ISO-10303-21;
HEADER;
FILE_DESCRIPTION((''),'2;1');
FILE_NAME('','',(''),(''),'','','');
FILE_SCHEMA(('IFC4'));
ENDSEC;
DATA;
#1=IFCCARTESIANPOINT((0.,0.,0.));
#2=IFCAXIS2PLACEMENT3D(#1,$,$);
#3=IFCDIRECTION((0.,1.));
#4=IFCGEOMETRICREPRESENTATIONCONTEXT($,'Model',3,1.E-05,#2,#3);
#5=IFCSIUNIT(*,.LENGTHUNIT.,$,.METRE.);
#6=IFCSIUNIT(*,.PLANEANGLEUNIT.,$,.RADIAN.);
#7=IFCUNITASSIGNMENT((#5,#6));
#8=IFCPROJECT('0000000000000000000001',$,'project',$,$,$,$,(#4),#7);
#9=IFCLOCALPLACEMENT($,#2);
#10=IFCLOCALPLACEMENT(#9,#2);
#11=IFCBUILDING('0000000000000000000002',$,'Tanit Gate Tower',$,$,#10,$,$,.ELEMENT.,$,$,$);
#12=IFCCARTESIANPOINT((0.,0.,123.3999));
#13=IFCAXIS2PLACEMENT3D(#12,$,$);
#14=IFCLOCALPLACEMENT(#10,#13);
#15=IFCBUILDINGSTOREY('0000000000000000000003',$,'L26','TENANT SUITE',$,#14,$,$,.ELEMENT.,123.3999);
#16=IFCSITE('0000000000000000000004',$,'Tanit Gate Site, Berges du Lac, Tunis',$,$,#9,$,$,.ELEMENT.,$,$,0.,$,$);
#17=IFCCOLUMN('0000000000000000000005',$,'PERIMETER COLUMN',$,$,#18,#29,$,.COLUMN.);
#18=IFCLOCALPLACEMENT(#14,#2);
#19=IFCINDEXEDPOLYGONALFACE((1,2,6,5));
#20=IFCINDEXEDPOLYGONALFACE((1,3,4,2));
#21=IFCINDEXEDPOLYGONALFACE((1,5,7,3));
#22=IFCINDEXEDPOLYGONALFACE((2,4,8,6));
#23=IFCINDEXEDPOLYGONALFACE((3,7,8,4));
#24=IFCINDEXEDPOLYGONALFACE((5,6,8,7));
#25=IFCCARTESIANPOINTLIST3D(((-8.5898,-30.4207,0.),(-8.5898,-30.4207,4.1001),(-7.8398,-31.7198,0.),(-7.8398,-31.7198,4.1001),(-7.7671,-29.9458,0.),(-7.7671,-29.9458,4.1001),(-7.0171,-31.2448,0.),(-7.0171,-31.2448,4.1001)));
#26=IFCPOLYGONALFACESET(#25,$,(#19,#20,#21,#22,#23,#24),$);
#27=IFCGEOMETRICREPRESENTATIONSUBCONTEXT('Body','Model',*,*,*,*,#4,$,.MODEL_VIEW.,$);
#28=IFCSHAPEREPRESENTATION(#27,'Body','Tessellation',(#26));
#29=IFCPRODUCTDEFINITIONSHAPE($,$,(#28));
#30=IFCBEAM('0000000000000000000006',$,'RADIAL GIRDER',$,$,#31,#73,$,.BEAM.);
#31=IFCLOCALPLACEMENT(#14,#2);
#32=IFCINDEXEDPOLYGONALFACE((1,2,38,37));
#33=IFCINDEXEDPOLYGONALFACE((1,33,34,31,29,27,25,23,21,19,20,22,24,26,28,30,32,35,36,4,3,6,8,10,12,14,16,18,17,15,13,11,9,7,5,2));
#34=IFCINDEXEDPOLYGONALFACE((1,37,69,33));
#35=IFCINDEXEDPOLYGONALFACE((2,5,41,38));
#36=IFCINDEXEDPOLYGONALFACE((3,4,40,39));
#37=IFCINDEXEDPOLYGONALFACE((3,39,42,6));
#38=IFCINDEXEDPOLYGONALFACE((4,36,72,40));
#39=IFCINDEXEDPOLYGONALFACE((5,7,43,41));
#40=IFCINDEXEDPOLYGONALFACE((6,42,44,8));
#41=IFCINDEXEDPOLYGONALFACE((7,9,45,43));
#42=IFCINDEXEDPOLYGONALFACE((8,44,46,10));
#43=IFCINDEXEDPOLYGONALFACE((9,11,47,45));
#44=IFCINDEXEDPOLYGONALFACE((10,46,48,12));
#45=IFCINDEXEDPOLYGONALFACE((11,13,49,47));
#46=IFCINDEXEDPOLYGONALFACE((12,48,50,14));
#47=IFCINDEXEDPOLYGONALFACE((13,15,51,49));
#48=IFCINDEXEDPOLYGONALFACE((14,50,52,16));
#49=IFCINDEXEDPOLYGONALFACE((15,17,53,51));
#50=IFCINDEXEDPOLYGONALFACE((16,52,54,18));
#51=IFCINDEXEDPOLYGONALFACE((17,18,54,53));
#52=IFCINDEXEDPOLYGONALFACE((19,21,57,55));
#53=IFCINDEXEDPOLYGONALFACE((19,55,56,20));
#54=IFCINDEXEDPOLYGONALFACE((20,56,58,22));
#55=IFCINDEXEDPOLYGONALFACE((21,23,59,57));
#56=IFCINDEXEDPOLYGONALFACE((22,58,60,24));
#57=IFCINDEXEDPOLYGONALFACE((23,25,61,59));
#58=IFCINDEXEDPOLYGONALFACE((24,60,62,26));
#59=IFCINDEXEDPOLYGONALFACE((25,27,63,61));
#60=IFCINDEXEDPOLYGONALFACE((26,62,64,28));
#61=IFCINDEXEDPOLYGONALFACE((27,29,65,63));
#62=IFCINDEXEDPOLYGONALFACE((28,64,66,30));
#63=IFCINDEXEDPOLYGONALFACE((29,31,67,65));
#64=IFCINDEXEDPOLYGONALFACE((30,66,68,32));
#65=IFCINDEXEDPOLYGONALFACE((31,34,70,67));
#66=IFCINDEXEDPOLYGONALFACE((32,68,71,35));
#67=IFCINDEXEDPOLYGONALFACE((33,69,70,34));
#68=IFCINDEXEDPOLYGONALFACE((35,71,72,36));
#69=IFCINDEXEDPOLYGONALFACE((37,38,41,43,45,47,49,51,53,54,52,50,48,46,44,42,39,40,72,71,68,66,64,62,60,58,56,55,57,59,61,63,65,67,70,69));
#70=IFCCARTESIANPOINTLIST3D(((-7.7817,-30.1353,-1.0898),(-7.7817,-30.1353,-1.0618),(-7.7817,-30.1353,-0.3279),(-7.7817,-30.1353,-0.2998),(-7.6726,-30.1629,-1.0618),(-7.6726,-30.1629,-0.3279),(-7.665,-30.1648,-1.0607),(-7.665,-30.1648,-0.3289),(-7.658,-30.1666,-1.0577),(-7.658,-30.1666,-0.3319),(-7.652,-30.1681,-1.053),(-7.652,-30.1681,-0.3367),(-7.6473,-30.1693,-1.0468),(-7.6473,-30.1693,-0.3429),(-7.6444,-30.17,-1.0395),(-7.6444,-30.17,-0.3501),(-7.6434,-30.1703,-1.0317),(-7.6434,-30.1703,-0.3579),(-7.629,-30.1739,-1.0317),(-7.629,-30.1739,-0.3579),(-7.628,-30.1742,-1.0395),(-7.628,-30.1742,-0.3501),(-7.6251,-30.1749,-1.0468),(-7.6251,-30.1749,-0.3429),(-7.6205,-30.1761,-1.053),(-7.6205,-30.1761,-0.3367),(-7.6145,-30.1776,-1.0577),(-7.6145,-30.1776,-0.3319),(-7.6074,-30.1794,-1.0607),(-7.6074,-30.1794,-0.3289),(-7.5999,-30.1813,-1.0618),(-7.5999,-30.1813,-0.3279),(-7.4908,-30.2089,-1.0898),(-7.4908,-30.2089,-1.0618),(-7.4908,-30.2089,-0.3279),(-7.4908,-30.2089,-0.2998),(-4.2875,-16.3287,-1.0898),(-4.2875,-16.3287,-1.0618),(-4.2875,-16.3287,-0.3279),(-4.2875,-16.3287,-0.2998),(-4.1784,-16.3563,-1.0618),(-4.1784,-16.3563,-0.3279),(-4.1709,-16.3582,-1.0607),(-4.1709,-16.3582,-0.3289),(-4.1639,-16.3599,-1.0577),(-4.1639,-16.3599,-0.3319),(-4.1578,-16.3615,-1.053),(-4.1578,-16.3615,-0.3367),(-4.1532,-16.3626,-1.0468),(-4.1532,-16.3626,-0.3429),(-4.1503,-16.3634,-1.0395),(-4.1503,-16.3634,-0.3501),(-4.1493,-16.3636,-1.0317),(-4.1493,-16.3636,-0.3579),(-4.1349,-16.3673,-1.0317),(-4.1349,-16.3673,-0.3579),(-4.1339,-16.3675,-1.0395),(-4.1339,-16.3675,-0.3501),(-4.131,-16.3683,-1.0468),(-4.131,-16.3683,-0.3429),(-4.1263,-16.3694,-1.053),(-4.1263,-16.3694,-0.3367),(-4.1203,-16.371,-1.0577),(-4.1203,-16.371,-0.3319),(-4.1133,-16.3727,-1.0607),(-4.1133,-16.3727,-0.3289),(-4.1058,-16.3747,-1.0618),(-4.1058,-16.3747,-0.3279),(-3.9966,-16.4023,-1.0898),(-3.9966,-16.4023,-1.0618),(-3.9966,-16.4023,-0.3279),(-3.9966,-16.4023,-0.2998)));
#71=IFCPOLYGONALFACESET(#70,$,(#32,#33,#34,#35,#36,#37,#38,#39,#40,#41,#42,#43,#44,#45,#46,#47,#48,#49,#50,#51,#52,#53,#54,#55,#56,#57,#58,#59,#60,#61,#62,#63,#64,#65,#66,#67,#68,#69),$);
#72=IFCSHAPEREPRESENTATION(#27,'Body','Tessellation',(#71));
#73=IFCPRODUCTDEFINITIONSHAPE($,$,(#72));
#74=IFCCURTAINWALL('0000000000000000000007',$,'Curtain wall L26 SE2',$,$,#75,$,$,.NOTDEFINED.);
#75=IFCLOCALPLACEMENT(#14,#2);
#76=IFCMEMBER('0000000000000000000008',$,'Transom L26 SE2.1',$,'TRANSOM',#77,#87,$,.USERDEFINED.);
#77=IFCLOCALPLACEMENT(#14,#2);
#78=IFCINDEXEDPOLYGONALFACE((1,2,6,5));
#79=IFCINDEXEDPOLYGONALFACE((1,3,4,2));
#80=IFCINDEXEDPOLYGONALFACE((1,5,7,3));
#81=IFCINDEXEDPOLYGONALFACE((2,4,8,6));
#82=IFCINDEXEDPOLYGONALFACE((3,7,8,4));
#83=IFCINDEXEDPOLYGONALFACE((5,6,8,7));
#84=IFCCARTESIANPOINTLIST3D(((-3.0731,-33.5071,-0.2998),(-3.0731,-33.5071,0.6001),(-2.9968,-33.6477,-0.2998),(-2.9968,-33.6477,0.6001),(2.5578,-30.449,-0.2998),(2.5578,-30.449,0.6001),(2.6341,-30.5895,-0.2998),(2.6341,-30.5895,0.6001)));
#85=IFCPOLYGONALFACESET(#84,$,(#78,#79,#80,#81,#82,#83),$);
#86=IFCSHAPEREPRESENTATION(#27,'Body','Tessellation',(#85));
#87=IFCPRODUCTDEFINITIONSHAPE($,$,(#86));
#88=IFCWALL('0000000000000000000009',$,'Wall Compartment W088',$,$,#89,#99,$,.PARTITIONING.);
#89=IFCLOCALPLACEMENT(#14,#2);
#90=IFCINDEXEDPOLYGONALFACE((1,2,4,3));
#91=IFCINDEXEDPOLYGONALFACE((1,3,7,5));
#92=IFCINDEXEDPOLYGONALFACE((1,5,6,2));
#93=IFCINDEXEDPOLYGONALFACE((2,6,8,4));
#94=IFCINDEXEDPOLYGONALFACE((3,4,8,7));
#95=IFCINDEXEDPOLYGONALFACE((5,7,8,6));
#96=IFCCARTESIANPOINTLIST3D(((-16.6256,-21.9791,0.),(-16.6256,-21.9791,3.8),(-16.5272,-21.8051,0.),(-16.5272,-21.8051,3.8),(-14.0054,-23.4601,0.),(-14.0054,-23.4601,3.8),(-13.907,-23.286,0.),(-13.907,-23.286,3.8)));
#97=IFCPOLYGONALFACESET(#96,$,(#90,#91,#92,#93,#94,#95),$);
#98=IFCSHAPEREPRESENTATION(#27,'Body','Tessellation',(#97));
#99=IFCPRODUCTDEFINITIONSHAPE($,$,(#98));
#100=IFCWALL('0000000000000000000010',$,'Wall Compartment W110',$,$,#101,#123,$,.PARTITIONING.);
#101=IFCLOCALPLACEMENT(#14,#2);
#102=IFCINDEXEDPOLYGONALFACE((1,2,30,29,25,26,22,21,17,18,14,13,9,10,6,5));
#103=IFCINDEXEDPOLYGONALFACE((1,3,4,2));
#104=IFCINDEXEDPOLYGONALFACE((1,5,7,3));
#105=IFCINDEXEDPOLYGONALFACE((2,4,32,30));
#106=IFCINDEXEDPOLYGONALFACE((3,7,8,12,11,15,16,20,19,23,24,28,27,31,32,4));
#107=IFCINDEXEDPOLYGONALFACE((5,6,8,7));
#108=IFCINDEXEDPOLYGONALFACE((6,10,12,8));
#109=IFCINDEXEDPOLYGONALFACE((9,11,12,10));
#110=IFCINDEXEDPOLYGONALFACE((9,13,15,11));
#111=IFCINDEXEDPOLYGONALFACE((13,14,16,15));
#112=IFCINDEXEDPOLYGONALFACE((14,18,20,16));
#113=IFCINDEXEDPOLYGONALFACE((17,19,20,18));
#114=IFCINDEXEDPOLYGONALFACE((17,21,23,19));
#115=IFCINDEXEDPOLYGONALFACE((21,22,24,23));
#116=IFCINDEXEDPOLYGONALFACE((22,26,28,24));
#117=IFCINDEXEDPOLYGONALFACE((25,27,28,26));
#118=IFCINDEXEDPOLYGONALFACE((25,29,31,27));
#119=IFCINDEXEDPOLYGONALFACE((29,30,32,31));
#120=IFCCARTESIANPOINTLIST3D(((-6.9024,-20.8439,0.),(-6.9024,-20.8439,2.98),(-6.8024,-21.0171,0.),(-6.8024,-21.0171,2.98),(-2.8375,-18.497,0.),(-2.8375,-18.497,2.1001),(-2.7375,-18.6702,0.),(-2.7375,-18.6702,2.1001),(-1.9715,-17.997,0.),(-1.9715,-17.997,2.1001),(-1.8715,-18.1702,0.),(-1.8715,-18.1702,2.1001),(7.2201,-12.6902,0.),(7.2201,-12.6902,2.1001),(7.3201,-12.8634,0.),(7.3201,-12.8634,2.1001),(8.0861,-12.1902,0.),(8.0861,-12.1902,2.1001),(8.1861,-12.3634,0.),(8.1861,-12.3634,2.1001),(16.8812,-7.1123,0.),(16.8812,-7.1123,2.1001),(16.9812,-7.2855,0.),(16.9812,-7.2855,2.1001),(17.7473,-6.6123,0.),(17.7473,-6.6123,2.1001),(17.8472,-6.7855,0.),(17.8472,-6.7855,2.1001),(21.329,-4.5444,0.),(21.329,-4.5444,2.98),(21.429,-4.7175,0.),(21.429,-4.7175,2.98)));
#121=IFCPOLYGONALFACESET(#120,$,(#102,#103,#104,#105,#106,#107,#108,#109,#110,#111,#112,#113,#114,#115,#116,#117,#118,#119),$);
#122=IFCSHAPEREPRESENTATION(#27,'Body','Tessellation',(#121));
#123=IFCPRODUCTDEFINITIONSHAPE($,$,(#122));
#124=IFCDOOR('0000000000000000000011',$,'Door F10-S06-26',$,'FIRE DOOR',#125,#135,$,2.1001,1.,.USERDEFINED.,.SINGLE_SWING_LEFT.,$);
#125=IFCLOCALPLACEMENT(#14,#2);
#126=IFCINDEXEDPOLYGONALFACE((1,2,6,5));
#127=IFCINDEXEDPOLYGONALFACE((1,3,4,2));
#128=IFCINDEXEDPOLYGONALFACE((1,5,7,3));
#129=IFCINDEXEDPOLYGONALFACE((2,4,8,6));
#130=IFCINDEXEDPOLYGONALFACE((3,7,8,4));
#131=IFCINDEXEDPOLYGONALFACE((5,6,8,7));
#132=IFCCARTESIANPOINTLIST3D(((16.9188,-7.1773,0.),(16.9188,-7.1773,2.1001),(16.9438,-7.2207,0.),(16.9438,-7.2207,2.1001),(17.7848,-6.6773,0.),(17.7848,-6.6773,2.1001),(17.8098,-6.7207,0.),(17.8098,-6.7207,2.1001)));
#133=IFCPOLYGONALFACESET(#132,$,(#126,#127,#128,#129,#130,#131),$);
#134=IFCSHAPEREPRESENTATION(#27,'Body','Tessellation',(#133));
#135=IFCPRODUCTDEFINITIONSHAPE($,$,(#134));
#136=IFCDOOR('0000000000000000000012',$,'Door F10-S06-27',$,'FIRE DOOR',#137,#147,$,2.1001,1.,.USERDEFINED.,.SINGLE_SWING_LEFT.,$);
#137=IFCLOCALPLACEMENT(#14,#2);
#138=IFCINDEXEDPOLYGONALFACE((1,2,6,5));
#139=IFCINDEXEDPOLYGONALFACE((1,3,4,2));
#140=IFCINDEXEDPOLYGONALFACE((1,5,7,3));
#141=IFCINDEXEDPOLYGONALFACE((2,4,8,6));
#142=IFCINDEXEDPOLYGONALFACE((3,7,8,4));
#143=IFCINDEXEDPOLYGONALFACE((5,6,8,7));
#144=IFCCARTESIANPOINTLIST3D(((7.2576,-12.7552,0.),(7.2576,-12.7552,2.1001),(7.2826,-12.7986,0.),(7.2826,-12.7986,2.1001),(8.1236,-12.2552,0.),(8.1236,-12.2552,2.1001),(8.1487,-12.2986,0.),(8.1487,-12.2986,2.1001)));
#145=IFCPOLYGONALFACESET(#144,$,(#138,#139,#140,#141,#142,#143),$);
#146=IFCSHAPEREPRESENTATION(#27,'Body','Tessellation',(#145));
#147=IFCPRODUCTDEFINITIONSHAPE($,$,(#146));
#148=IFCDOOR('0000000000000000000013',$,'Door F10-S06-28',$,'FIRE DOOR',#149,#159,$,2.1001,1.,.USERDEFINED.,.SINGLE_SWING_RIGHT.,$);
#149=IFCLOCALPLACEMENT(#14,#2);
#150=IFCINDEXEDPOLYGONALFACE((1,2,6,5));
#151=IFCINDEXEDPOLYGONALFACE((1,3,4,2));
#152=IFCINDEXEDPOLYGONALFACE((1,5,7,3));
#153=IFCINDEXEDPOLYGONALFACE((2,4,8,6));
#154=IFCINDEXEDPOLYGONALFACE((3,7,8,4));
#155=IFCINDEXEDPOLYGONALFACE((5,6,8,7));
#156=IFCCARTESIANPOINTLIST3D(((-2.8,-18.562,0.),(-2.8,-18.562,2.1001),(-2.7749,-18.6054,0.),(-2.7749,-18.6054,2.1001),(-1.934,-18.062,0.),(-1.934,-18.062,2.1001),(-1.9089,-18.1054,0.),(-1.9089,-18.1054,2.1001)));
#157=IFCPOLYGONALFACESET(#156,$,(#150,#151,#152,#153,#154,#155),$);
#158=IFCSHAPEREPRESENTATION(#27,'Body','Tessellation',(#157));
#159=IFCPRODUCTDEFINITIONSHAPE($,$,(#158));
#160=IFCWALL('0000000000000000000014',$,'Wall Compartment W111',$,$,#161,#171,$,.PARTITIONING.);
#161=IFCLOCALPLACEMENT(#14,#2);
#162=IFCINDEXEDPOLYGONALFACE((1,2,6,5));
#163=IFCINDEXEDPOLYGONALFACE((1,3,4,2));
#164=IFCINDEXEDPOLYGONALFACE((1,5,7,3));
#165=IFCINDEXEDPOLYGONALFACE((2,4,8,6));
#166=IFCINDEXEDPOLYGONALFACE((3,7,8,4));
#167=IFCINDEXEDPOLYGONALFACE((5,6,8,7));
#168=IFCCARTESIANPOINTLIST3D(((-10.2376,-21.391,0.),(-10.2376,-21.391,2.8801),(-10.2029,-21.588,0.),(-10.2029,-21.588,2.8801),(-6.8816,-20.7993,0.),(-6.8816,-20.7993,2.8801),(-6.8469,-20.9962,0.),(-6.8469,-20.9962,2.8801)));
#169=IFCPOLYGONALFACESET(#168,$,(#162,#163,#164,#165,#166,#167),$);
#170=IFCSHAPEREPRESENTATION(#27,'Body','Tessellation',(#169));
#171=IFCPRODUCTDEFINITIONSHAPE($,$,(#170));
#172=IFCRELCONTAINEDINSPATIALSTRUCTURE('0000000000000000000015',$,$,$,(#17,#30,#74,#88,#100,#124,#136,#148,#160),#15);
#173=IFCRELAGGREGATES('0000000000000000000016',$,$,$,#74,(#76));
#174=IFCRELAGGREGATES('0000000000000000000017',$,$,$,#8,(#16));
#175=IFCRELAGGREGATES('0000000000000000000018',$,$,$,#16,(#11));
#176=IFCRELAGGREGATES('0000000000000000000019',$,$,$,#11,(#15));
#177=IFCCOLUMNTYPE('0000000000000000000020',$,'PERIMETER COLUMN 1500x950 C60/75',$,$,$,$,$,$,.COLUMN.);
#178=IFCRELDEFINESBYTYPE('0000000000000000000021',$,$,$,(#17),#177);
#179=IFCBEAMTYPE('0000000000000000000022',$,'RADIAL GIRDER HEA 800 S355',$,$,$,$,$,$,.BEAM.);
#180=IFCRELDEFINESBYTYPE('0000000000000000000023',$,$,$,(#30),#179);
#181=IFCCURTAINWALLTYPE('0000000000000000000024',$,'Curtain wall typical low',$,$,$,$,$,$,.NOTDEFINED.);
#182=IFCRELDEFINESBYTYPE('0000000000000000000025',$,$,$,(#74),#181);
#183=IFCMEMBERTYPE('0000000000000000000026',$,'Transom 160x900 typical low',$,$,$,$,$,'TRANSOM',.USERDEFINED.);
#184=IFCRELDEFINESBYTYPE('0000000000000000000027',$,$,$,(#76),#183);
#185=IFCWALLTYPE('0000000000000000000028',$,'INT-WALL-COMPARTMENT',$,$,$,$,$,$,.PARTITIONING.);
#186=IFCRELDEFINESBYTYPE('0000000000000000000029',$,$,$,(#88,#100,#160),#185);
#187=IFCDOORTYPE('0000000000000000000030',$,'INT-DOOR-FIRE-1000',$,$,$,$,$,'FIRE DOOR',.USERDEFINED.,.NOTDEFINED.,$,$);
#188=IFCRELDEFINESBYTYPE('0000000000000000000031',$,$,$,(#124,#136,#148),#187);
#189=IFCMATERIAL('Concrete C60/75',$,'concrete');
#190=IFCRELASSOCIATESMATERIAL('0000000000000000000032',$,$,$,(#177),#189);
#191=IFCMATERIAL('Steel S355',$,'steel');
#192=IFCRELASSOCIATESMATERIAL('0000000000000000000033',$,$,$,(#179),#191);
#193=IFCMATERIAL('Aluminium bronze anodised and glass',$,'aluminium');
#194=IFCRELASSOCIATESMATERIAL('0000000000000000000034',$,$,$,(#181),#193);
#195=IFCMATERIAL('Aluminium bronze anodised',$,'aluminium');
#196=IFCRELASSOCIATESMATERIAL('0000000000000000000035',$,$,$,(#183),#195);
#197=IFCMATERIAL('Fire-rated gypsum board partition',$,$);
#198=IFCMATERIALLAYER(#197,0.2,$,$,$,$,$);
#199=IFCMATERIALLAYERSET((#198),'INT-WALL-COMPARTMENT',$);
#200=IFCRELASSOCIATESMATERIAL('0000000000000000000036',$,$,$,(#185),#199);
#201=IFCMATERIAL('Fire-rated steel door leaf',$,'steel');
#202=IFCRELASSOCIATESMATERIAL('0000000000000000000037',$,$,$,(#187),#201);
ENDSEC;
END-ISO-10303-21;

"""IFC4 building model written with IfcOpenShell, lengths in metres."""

from ifc_helpers import new_model, si_unit, direction, frame, frame_2d, origin, origin_2d, place, context, subcontext, project, spatial, rectangle, i_section, extrude, material, layer, layer_set, material_profile, profile_set, type_object, element, fill, aggregate, save


model = new_model("IFC4")

# Units and contexts
model_context = context("Model", 3, precision=1e-05, world=origin(), true_north=direction((0.0, 1.0)))
body_context = subcontext(model_context, "Body", "Model", "MODEL_VIEW")
ifc_project = project(units=[si_unit("LENGTHUNIT", "METRE"), si_unit("PLANEANGLEUNIT", "RADIAN")], contexts=[model_context])

# Site, building, storey
site_placement = place(None, origin())
site = spatial("IfcSite", under=ifc_project, at=site_placement, Name="Tanit Gate Site, Berges du Lac, Tunis", CompositionType="ELEMENT", RefElevation=0.0)
building_placement = place(site_placement, origin())
building = spatial("IfcBuilding", under=site, at=building_placement, Name="Tanit Gate Tower", CompositionType="ELEMENT")
storey_placement = place(building_placement, frame((0.0, 0.0, 123.3999)))
storey = spatial("IfcBuildingStorey", under=building, at=storey_placement, Name="L26", Description="TENANT SUITE", CompositionType="ELEMENT", Elevation=123.3999)

# Column
ifc_material_1 = material(Name="Concrete C60/75", Category="concrete")
ifc_material_profile_1 = material_profile(ifc_material_1, rectangle(XDim=1.5, YDim=0.95, at=origin_2d()), Name="RC 1500x950")
ifc_profile_set_1 = profile_set([ifc_material_profile_1], Name="Concrete C60/75")
column_type = type_object("IfcColumnType", Name="PERIMETER COLUMN 1500x950 C60/75", PredefinedType="COLUMN", material=ifc_profile_set_1)
column_placement = place(storey_placement, frame((-7.8035, -30.8328, 0.0), z_axis=(0.0, 0.0, 1.0), x_axis=(0.5, -0.866025, 0.0)))
element("IfcColumn", 1, at=column_placement, inside=storey, type_object=column_type, Name="PERIMETER COLUMN", PredefinedType="COLUMN", context=body_context, shape_type="SweptSolid", body=[
    extrude(rectangle(XDim=1.5, YDim=0.95, at=origin_2d()), origin(), (0.0, 0.0, 1.0), 4.1001),
])

# Beam
ifc_material_2 = material(Name="Steel S355", Category="steel")
ifc_material_profile_2 = material_profile(ifc_material_2, i_section(OverallWidth=0.3, OverallDepth=0.79, WebThickness=0.0149, FlangeThickness=0.0281, FilletRadius=0.03, at=origin_2d()), Name="HEA 800")
ifc_profile_set_2 = profile_set([ifc_material_profile_2], Name="Steel S355")
beam_type = type_object("IfcBeamType", Name="RADIAL GIRDER HEA 800 S355", PredefinedType="BEAM", material=ifc_profile_set_2)
beam_placement = place(storey_placement, frame((-7.6362, -30.1721, -0.6948), z_axis=(0.245342, 0.969437, 0.0), x_axis=(-0.969437, 0.245342, 0.0)))
element("IfcBeam", 2, at=beam_placement, inside=storey, type_object=beam_type, Name="RADIAL GIRDER", PredefinedType="BEAM", context=body_context, shape_type="SweptSolid", body=[
    extrude(i_section(OverallWidth=0.3, OverallDepth=0.79, WebThickness=0.0149, FlangeThickness=0.0281, FilletRadius=0.03, at=origin_2d()), origin(), (0.0, 0.0, 1.0), 14.2419),
])

# Curtain wall, member
ifc_material_3 = material(Name="Aluminium bronze anodised and glass", Category="aluminium")
curtain_wall_type = type_object("IfcCurtainWallType", Name="Curtain wall typical low", PredefinedType="NOTDEFINED", material=ifc_material_3)
curtain_wall_placement = place(storey_placement, origin())
curtain_wall = element("IfcCurtainWall", 3, at=curtain_wall_placement, inside=storey, type_object=curtain_wall_type, Name="Curtain wall L26 SE2", PredefinedType="NOTDEFINED")
ifc_material_4 = material(Name="Aluminium bronze anodised", Category="aluminium")
ifc_material_profile_3 = material_profile(ifc_material_4, rectangle(XDim=0.1599, YDim=0.8999, at=origin_2d()), Name="160x900 bronze transom")
ifc_profile_set_3 = profile_set([ifc_material_profile_3], Name="Aluminium bronze anodised")
member_type = type_object("IfcMemberType", Name="Transom 160x900 typical low", ElementType="TRANSOM", PredefinedType="USERDEFINED", material=ifc_profile_set_3)
member_placement = place(storey_placement, frame((-3.0349, -33.5774, 0.1501), z_axis=(0.878765, 0.477255, 0.0), x_axis=(-0.477255, 0.878765, 0.0)))
member = element("IfcMember", 4, at=member_placement, type_object=member_type, Name="Transom L26 SE2.1", ObjectType="TRANSOM", PredefinedType="USERDEFINED", context=body_context, shape_type="SweptSolid", body=[
    extrude(rectangle(XDim=0.1599, YDim=0.8999, at=origin_2d()), origin(), (0.0, 0.0, 1.0), 6.4077),
])
aggregate(curtain_wall, [member])

# Wall
ifc_material_5 = material(Name="Fire-rated gypsum board partition")
ifc_layer_1 = layer(ifc_material_5, 0.2)
ifc_layer_set_1 = layer_set([ifc_layer_1], Name="INT-WALL-COMPARTMENT")
wall_type_1 = type_object("IfcWallType", Name="INT-WALL-COMPARTMENT", PredefinedType="PARTITIONING", material=ifc_layer_set_1)
wall_1_placement = place(storey_placement, frame((-16.5764, -21.8921, 0.0), z_axis=(0.0, 0.0, 1.0), x_axis=(0.87056, -0.492063, 0.0)))
element("IfcWall", 5, at=wall_1_placement, inside=storey, type_object=wall_type_1, Name="Wall Compartment W088", PredefinedType="PARTITIONING", context=body_context, shape_type="SweptSolid", body=[
    extrude(rectangle(XDim=3.0098, YDim=0.2, at=frame_2d((1.5049, 0.0))), origin(), (0.0, 0.0, 1.0), 3.8),
])

# Wall, openings, doors
wall_2_placement = place(storey_placement, frame((-6.8523, -20.9304, 0.0), z_axis=(0.0, 0.0, 1.0), x_axis=(0.866024, 0.500003, 0.0)))
wall_2 = element("IfcWall", 6, at=wall_2_placement, inside=storey, type_object=wall_type_1, Name="Wall Compartment W110", PredefinedType="PARTITIONING", context=body_context, shape_type="SweptSolid", body=[
    extrude(rectangle(XDim=32.5989, YDim=0.2, at=frame_2d((16.2993, 0.0))), origin(), (0.0, 0.0, 1.0), 2.98),
])
opening_1_placement = place(wall_2_placement, frame((27.4629, 0.0, 0.0)))
opening_1 = element("IfcOpeningElement", 7, at=opening_1_placement, cuts=wall_2, PredefinedType="OPENING", context=body_context, shape_type="SweptSolid", body=[
    extrude(rectangle(XDim=1.0, YDim=2.1001, at=frame_2d((0.5, 1.05))), frame((0.0, 0.1099, 0.0), z_axis=(0.0, -1.0, 0.0), x_axis=(1.0, 0.0, 0.0)), (0.0, 0.0, 1.0), 0.22),
])
opening_2_placement = place(wall_2_placement, frame((16.3071, 0.0, 0.0)))
opening_2 = element("IfcOpeningElement", 8, at=opening_2_placement, cuts=wall_2, PredefinedType="OPENING", context=body_context, shape_type="SweptSolid", body=[
    extrude(rectangle(XDim=1.0, YDim=2.1001, at=frame_2d((0.5, 1.05))), frame((0.0, 0.1099, 0.0), z_axis=(0.0, -1.0, 0.0), x_axis=(1.0, 0.0, 0.0)), (0.0, 0.0, 1.0), 0.22),
])
opening_3_placement = place(wall_2_placement, frame((4.6936, 0.0, 0.0)))
opening_3 = element("IfcOpeningElement", 9, at=opening_3_placement, cuts=wall_2, PredefinedType="OPENING", context=body_context, shape_type="SweptSolid", body=[
    extrude(rectangle(XDim=1.0, YDim=2.1001, at=frame_2d((0.5, 1.05))), frame((0.0, 0.1099, 0.0), z_axis=(0.0, -1.0, 0.0), x_axis=(1.0, 0.0, 0.0)), (0.0, 0.0, 1.0), 0.22),
])
ifc_material_6 = material(Name="Fire-rated steel door leaf", Category="steel")
door_type_1 = type_object("IfcDoorType", Name="INT-DOOR-FIRE-1000", ElementType="FIRE DOOR", OperationType="NOTDEFINED", PredefinedType="USERDEFINED", material=ifc_material_6)
door_1_placement = place(opening_1_placement, origin())
door_1 = element("IfcDoor", 10, at=door_1_placement, inside=storey, type_object=door_type_1, Name="Door F10-S06-26", ObjectType="FIRE DOOR", OperationType="SINGLE_SWING_LEFT", OverallHeight=2.1001, OverallWidth=1.0, PredefinedType="USERDEFINED", context=body_context, shape_type="SweptSolid", body=[
    extrude(rectangle(XDim=1.0, YDim=2.1001, at=frame_2d((0.5, 1.05))), frame((0.0, 0.0249, 0.0), z_axis=(0.0, -1.0, 0.0), x_axis=(1.0, 0.0, 0.0)), (0.0, 0.0, 1.0), 0.05),
])
fill(opening_1, door_1)
door_2_placement = place(opening_2_placement, origin())
door_2 = element("IfcDoor", 11, at=door_2_placement, inside=storey, type_object=door_type_1, Name="Door F10-S06-27", ObjectType="FIRE DOOR", OperationType="SINGLE_SWING_LEFT", OverallHeight=2.1001, OverallWidth=1.0, PredefinedType="USERDEFINED", context=body_context, shape_type="SweptSolid", body=[
    extrude(rectangle(XDim=1.0, YDim=2.1001, at=frame_2d((0.5, 1.05))), frame((0.0, 0.0249, 0.0), z_axis=(0.0, -1.0, 0.0), x_axis=(1.0, 0.0, 0.0)), (0.0, 0.0, 1.0), 0.05),
])
fill(opening_2, door_2)
door_3_placement = place(opening_3_placement, origin())
door_3 = element("IfcDoor", 12, at=door_3_placement, inside=storey, type_object=door_type_1, Name="Door F10-S06-28", ObjectType="FIRE DOOR", OperationType="SINGLE_SWING_RIGHT", OverallHeight=2.1001, OverallWidth=1.0, PredefinedType="USERDEFINED", context=body_context, shape_type="SweptSolid", body=[
    extrude(rectangle(XDim=1.0, YDim=2.1001, at=frame_2d((0.5, 1.05))), frame((0.0, 0.0249, 0.0), z_axis=(0.0, -1.0, 0.0), x_axis=(1.0, 0.0, 0.0)), (0.0, 0.0, 1.0), 0.05),
])
fill(opening_3, door_3)

# Wall
wall_3_placement = place(storey_placement, frame((-10.2202, -21.4895, 0.0), z_axis=(0.0, 0.0, 1.0), x_axis=(0.984805, 0.173663, 0.0)))
element("IfcWall", 13, at=wall_3_placement, inside=storey, type_object=wall_type_1, Name="Wall Compartment W111", PredefinedType="PARTITIONING", context=body_context, shape_type="SweptSolid", body=[
    extrude(rectangle(XDim=3.4077, YDim=0.2, at=frame_2d((1.7039, 0.0))), origin(), (0.0, 0.0, 1.0), 2.8801),
])

save(model, "model.ifc")
